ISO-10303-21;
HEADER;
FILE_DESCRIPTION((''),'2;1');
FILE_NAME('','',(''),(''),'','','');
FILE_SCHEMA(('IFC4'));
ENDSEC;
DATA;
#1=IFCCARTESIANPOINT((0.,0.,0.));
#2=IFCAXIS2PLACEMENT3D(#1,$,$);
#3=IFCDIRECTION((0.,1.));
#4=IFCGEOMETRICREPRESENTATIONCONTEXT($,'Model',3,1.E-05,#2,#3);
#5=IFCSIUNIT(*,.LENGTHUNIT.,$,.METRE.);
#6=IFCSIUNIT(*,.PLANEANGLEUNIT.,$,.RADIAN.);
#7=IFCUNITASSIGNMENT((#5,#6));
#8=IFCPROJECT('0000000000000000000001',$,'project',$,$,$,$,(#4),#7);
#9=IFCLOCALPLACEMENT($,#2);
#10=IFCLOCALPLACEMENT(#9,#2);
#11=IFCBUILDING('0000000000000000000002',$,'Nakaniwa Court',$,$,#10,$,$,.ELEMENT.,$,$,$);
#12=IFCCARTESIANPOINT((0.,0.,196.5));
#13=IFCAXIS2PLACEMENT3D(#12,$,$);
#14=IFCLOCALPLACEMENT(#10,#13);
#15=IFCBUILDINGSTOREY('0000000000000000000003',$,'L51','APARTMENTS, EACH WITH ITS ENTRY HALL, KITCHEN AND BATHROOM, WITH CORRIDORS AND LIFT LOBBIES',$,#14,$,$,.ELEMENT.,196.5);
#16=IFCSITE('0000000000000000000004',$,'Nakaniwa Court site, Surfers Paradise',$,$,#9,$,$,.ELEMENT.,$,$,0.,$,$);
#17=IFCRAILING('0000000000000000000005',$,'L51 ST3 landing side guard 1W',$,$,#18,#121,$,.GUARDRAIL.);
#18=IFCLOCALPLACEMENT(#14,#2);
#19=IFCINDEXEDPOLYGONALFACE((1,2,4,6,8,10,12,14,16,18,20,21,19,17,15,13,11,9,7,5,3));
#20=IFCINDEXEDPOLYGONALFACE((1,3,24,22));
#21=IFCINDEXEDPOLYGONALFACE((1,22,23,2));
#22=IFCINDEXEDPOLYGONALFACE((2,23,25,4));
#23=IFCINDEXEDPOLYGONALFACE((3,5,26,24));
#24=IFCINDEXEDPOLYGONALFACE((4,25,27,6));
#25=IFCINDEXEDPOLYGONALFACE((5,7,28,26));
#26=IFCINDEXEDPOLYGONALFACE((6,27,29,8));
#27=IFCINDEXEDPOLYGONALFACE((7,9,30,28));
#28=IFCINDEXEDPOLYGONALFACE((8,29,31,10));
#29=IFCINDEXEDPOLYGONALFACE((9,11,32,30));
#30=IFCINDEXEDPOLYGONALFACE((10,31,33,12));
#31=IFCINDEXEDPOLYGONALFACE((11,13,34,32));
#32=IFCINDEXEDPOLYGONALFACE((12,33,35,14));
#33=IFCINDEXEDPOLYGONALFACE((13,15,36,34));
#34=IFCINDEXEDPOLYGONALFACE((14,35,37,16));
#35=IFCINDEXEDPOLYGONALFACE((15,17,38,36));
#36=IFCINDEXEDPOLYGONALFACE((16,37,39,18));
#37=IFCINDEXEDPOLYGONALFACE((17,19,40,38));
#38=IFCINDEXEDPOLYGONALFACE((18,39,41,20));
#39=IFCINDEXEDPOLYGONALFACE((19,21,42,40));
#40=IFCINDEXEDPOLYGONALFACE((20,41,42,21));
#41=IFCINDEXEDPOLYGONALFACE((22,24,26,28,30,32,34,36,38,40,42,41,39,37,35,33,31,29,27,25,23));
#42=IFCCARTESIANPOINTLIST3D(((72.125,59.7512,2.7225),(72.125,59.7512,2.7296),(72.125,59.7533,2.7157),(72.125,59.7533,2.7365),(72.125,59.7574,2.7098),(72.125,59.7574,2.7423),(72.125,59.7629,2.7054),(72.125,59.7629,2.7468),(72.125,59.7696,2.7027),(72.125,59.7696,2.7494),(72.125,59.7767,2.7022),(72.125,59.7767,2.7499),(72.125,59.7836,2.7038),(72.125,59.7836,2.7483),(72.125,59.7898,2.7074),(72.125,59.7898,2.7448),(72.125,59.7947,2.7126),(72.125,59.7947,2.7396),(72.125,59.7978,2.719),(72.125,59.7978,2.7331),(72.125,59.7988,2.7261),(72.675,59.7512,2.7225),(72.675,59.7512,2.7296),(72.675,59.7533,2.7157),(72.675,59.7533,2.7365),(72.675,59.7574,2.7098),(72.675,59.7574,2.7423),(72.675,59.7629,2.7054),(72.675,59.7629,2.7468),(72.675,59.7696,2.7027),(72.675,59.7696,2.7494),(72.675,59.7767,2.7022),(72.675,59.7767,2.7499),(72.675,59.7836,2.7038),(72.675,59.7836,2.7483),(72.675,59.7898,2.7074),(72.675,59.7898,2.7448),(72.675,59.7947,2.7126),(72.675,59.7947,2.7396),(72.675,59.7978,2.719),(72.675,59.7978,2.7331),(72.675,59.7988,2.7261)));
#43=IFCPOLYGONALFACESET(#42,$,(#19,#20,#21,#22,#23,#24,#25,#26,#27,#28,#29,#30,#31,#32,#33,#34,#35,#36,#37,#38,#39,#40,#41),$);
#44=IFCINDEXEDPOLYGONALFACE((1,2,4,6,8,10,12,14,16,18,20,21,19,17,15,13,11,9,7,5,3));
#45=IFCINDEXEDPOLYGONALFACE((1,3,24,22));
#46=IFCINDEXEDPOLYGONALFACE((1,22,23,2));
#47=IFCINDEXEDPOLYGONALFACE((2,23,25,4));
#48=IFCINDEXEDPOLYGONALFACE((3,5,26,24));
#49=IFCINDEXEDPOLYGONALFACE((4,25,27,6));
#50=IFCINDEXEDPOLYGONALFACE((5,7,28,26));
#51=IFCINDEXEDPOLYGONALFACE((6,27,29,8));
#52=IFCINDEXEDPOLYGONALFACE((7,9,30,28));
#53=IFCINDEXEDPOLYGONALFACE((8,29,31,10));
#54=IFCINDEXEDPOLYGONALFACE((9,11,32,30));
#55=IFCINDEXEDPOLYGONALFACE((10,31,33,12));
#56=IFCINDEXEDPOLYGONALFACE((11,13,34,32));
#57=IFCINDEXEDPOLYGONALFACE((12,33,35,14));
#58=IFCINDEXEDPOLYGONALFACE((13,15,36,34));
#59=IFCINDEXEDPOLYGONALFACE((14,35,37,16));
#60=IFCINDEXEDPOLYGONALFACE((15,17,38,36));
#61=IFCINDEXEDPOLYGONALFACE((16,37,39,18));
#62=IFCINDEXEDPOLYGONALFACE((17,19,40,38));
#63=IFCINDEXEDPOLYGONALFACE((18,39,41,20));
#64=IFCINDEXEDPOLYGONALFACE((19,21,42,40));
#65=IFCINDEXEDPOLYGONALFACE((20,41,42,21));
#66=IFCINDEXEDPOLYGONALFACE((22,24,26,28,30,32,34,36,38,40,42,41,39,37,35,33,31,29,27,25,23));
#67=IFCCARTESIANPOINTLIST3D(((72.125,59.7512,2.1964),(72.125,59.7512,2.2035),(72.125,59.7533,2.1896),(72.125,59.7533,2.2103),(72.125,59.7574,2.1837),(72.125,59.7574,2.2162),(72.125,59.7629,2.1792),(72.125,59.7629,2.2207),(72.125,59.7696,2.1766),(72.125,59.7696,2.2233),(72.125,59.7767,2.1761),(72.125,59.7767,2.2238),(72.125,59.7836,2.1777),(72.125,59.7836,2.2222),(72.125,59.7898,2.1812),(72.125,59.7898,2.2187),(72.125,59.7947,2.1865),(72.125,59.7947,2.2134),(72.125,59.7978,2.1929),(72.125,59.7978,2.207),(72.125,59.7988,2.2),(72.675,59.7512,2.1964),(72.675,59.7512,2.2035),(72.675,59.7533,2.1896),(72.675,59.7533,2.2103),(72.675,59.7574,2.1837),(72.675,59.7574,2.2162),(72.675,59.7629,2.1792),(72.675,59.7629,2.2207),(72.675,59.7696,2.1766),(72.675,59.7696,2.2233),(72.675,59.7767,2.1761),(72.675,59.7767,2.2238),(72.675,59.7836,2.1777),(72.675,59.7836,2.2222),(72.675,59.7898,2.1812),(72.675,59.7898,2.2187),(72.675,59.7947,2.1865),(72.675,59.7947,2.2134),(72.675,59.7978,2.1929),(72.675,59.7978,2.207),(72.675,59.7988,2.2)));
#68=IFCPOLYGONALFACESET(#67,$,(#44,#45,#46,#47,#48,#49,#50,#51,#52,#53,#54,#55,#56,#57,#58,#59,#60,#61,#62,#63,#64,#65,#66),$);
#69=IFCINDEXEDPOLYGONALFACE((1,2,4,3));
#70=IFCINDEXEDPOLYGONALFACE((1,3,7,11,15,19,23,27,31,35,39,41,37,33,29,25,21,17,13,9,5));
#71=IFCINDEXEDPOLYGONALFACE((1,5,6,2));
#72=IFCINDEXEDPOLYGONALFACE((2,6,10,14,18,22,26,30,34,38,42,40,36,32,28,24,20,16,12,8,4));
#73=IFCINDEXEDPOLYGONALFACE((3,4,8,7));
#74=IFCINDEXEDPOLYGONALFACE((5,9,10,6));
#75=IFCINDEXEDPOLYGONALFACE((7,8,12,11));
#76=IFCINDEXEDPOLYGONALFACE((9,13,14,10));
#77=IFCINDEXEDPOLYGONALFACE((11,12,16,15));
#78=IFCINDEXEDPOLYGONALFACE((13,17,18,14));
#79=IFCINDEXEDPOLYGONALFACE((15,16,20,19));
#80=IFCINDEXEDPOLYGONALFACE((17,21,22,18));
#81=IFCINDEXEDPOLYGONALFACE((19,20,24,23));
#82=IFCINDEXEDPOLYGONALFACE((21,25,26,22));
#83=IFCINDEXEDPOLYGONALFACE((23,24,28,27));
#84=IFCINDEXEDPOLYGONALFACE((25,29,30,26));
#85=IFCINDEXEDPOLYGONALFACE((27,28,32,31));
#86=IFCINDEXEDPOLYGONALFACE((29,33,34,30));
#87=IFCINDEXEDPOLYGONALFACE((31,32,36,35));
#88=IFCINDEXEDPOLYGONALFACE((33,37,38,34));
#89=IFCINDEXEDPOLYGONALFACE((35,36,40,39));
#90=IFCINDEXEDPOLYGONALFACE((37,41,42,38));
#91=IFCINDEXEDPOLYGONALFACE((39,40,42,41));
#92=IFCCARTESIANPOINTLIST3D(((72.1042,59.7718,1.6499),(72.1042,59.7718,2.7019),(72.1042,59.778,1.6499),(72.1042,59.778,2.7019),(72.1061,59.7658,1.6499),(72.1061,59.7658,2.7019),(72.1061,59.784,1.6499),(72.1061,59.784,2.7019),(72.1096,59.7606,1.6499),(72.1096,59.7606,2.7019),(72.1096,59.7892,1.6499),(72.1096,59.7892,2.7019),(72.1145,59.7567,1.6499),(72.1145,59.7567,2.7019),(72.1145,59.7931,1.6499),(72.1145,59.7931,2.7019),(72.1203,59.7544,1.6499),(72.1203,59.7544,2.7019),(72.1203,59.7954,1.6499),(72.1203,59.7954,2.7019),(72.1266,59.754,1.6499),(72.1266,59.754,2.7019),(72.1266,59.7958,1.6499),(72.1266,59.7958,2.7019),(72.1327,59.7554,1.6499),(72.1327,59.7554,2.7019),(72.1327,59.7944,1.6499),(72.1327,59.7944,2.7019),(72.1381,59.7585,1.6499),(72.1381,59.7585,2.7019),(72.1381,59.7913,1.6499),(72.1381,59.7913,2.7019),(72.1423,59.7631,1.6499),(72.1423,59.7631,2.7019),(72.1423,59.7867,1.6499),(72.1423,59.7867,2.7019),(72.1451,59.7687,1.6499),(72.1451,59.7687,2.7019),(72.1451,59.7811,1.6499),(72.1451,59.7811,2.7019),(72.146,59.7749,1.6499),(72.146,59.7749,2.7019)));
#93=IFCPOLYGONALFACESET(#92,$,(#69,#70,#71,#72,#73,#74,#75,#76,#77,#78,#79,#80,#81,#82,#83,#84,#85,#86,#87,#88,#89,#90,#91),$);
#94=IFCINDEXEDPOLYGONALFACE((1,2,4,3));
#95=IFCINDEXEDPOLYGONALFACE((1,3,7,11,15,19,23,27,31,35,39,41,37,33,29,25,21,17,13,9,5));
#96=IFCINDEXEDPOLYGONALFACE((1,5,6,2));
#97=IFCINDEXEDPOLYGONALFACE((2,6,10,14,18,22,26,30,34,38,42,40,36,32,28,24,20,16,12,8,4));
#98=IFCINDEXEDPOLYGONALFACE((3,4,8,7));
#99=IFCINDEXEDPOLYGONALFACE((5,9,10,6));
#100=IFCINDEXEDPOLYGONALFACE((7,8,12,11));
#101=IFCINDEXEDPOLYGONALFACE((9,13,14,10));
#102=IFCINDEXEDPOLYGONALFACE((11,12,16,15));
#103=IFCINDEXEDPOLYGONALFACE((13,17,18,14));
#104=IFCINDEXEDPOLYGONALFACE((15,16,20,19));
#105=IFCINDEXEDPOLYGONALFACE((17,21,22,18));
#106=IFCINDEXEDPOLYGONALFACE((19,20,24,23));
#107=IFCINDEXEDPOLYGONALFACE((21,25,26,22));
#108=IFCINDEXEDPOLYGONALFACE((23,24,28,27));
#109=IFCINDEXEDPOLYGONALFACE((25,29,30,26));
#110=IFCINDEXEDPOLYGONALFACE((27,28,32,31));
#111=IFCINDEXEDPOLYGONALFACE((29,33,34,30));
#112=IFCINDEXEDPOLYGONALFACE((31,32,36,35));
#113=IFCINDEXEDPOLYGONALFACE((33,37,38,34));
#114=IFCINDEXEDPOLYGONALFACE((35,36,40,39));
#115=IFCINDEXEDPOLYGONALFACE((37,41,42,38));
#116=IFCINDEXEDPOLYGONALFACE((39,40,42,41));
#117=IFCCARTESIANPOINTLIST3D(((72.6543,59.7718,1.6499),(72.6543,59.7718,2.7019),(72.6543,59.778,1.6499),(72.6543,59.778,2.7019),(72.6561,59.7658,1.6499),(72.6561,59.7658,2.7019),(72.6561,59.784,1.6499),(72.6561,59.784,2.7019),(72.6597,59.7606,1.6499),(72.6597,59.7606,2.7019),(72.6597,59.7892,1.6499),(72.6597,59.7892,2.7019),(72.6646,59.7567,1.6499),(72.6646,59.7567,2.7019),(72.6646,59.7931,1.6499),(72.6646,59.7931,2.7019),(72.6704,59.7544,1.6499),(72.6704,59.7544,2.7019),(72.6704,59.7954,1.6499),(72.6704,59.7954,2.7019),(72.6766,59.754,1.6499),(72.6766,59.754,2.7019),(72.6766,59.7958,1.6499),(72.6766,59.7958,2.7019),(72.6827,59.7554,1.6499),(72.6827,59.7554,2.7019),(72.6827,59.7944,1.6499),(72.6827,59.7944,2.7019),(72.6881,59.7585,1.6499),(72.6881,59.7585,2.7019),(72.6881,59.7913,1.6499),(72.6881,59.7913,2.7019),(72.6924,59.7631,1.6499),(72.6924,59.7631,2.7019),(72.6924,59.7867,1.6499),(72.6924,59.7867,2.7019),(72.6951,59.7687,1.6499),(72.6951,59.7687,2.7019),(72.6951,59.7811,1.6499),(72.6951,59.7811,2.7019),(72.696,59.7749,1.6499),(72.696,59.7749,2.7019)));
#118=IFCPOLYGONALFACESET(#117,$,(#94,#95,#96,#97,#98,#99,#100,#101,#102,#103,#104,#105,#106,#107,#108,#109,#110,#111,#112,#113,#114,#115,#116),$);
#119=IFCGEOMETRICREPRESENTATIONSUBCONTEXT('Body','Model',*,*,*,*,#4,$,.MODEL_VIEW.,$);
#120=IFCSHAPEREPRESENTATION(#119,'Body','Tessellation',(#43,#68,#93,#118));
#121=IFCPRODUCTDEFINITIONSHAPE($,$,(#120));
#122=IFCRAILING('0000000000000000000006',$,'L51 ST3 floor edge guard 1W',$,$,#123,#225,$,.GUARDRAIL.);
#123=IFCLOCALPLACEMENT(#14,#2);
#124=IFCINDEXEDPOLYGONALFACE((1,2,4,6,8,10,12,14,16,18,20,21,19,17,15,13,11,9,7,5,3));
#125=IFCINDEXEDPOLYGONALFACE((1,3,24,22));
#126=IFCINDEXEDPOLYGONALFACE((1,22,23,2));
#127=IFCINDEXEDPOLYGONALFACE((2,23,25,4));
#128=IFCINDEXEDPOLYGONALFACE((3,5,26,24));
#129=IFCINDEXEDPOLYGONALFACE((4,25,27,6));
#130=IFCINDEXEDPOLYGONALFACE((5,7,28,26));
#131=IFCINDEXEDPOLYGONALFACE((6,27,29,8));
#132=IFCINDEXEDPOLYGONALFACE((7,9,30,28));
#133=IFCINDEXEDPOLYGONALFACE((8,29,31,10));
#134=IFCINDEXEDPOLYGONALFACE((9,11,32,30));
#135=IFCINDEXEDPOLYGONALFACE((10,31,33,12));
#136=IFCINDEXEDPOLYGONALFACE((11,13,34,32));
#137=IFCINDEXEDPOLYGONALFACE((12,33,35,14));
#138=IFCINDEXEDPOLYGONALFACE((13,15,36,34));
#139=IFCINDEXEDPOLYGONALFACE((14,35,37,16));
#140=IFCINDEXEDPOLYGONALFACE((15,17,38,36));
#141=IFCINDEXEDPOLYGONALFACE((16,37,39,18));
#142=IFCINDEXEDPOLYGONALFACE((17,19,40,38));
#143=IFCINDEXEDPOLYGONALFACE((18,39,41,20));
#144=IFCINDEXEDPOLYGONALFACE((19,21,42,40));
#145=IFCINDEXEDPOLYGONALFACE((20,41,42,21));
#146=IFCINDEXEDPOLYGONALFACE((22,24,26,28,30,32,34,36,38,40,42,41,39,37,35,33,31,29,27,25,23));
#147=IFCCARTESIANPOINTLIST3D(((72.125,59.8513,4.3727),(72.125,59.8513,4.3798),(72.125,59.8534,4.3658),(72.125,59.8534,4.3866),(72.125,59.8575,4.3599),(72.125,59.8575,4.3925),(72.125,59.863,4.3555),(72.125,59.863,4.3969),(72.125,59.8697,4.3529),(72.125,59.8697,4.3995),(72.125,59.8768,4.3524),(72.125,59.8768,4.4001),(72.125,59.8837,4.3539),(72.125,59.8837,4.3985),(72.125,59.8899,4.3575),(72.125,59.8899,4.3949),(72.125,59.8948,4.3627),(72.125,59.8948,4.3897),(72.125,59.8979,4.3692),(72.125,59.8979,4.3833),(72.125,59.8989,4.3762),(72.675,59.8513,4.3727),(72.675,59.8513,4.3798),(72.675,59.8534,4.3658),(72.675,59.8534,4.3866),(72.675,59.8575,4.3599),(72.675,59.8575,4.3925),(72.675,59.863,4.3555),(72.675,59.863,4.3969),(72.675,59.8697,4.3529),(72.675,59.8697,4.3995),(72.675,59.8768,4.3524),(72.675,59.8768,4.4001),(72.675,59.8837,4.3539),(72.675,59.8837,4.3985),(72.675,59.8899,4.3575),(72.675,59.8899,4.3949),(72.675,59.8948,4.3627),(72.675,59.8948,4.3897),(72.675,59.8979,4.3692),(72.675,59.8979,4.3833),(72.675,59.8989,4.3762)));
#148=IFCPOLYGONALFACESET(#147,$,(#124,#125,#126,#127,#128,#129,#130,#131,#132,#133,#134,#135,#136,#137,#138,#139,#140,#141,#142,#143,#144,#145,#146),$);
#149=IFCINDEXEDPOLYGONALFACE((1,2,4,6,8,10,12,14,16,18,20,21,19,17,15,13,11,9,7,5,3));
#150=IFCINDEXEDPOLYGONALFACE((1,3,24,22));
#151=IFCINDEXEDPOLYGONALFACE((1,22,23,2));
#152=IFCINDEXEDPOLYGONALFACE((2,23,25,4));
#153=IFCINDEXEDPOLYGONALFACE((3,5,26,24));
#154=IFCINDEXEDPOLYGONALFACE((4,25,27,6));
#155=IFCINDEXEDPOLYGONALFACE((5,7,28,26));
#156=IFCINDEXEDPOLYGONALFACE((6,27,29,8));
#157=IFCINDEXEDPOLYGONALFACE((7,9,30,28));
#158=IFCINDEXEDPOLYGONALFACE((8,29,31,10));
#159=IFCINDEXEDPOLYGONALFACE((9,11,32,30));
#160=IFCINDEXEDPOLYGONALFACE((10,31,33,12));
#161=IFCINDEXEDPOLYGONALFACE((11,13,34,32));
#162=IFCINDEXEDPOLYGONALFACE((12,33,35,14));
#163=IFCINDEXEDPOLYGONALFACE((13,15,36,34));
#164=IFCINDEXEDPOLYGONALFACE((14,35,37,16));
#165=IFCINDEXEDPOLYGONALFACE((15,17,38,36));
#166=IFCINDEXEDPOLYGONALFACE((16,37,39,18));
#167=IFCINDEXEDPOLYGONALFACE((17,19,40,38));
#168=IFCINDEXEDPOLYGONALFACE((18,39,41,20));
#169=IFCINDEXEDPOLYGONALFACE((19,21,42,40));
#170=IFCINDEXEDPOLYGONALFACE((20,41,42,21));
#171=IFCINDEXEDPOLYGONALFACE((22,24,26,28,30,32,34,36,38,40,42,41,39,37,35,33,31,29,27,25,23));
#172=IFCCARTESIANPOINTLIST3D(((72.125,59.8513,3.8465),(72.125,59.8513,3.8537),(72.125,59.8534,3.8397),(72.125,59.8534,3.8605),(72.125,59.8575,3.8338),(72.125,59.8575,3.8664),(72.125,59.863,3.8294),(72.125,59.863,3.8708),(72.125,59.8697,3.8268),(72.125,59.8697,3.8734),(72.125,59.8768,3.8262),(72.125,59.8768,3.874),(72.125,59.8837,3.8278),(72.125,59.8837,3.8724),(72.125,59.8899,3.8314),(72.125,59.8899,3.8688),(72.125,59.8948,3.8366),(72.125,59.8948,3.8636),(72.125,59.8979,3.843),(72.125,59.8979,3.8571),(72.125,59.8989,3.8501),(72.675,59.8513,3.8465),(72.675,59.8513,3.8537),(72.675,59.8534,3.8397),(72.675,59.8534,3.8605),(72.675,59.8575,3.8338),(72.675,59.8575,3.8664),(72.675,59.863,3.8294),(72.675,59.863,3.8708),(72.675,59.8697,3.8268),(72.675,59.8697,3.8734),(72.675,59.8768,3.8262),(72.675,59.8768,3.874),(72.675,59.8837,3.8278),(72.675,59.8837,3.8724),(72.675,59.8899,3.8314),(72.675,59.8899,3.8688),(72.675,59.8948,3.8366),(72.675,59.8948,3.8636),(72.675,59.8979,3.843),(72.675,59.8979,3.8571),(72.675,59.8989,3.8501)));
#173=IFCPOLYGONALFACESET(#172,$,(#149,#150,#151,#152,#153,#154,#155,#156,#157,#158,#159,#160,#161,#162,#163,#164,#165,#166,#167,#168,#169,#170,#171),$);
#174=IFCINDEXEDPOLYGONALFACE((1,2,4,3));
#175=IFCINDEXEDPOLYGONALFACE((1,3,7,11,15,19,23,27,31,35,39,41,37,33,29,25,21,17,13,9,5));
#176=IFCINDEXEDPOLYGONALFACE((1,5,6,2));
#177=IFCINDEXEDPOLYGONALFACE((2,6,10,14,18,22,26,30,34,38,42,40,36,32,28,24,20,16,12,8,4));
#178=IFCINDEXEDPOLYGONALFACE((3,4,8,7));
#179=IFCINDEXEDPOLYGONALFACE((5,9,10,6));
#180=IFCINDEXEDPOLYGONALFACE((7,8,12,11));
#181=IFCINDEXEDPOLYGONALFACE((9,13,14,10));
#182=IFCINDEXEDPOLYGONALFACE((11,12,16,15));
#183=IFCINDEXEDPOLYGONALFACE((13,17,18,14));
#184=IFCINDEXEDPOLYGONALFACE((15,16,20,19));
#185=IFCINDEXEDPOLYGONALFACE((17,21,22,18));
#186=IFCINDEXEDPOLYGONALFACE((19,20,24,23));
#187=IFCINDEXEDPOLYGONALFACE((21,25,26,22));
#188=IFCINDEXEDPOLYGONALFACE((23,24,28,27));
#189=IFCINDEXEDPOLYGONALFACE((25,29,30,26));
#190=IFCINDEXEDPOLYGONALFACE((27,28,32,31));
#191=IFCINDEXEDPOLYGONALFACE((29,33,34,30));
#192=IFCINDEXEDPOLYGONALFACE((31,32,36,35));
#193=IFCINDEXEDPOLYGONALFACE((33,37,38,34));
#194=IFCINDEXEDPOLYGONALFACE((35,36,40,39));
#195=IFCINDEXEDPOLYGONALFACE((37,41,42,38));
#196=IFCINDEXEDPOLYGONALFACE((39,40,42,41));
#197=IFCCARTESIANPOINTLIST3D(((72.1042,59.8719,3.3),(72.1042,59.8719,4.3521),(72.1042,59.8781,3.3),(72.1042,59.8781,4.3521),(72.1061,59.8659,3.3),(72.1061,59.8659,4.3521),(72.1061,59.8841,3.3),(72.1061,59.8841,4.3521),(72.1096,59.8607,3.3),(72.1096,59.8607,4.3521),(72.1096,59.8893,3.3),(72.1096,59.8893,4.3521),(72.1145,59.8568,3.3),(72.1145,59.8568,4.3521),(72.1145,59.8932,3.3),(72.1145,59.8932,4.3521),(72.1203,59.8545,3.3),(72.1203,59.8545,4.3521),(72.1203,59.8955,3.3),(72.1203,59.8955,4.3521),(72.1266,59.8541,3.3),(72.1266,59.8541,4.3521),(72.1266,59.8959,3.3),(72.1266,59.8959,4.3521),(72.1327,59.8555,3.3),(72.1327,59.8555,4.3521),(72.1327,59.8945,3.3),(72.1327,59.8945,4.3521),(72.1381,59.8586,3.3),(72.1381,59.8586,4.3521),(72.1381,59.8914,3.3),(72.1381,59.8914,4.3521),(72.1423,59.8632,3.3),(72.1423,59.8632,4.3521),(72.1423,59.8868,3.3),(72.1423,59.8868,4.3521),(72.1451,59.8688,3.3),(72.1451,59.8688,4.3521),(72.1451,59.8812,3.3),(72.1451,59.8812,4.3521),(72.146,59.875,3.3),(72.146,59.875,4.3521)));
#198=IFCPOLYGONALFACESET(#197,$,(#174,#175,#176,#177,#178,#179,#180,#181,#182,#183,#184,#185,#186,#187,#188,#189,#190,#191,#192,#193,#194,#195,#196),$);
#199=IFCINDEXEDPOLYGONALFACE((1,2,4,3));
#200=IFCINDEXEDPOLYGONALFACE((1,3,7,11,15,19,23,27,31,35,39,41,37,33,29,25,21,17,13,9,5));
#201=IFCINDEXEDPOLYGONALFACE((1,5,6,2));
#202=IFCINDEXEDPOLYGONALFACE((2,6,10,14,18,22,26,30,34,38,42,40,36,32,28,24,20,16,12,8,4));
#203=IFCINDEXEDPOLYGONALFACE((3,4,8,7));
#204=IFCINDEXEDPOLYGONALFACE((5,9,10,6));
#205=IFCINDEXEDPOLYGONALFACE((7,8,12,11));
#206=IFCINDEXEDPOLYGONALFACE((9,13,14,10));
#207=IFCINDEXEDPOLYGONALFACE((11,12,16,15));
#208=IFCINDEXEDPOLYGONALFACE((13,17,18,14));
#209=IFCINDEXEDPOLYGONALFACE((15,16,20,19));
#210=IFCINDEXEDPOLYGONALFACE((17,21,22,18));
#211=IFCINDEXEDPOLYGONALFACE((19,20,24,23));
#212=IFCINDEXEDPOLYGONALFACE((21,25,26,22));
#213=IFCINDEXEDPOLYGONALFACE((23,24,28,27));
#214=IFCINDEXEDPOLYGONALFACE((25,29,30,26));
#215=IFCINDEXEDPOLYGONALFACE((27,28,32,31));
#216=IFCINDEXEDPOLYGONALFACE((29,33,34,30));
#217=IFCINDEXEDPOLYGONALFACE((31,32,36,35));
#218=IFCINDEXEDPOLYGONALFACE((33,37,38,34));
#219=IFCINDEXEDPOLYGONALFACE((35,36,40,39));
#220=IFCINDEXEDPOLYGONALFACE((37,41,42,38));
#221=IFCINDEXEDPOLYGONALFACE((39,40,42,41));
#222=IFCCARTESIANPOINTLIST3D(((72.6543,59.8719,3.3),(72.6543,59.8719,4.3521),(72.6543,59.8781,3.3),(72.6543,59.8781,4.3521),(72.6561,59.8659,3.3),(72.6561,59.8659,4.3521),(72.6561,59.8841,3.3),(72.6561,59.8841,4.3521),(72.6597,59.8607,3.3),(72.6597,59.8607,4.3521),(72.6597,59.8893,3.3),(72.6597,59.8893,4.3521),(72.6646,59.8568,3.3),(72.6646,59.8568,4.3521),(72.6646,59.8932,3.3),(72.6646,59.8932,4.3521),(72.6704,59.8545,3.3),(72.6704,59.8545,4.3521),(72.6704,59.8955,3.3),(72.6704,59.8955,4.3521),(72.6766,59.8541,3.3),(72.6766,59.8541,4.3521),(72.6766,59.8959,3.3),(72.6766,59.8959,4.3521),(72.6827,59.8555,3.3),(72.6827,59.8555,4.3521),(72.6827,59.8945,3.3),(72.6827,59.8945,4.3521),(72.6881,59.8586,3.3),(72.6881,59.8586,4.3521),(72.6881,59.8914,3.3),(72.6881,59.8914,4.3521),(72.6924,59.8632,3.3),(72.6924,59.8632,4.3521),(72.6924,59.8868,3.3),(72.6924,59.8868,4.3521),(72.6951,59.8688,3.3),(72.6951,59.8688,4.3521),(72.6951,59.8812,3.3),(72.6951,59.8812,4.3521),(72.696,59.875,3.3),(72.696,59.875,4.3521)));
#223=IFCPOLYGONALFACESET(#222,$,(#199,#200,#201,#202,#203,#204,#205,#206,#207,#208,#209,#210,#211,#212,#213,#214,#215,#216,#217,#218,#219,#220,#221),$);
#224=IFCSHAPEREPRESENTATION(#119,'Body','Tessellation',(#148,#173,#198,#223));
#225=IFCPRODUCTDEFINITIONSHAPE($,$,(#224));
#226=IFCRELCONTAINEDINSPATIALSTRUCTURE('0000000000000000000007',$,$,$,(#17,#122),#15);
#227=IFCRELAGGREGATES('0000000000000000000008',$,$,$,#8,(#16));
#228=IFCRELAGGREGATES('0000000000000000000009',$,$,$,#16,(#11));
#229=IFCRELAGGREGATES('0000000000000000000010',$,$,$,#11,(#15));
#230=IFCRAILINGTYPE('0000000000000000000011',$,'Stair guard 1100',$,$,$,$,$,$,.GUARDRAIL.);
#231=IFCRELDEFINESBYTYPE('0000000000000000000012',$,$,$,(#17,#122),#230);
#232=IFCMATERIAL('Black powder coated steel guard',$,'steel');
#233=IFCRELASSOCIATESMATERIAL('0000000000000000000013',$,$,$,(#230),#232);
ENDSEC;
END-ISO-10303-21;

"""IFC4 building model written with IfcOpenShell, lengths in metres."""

from ifc_helpers import new_model, si_unit, direction, frame, origin, origin_2d, place, context, subcontext, project, spatial, circle, extrude, material, type_object, element, save


model = new_model("IFC4")

# Units and contexts
model_context = context("Model", 3, precision=1e-05, world=origin(), true_north=direction((0.0, 1.0)))
body_context = subcontext(model_context, "Body", "Model", "MODEL_VIEW")
ifc_project = project(units=[si_unit("LENGTHUNIT", "METRE"), si_unit("PLANEANGLEUNIT", "RADIAN")], contexts=[model_context])

# Site, building, storey
site_placement = place(None, origin())
site = spatial("IfcSite", under=ifc_project, at=site_placement, Name="Nakaniwa Court site, Surfers Paradise", CompositionType="ELEMENT", RefElevation=0.0)
building_placement = place(site_placement, origin())
building = spatial("IfcBuilding", under=site, at=building_placement, Name="Nakaniwa Court", CompositionType="ELEMENT")
storey_placement = place(building_placement, frame((0.0, 0.0, 196.5)))
storey = spatial("IfcBuildingStorey", under=building, at=storey_placement, Name="L51", Description="APARTMENTS, EACH WITH ITS ENTRY HALL, KITCHEN AND BATHROOM, WITH CORRIDORS AND LIFT LOBBIES", CompositionType="ELEMENT", Elevation=196.5)

# Railings
ifc_material_1 = material(Name="Black powder coated steel guard", Category="steel")
railing_type_1 = type_object("IfcRailingType", Name="Stair guard 1100", PredefinedType="GUARDRAIL", material=ifc_material_1)
for number, where, name in (
    (1, (72.125, 59.7749, 1.6499), "L51 ST3 landing side guard 1W"),
    (2, (72.125, 59.875, 3.3), "L51 ST3 floor edge guard 1W"),
):
    element("IfcRailing", number, at=place(storey_placement, frame(where)), inside=storey, type_object=railing_type_1, Name=name, PredefinedType="GUARDRAIL", context=body_context, shape_type="SweptSolid", body=[
        extrude(circle(Radius=0.0239, at=origin_2d()), frame((0.0, 0.0, 1.0762), z_axis=(1.0, 0.0, 0.0), x_axis=(0.0, 1.0, 0.0)), (0.0, 0.0, 1.0), 0.55),
        extrude(circle(Radius=0.0239, at=origin_2d()), frame((0.0, 0.0, 0.55), z_axis=(1.0, 0.0, 0.0), x_axis=(0.0, 1.0, 0.0)), (0.0, 0.0, 1.0), 0.55),
        extrude(circle(Radius=0.021, at=origin_2d()), origin(), (0.0, 0.0, 1.0), 1.052),
        extrude(circle(Radius=0.021, at=origin_2d()), frame((0.55, 0.0, 0.0)), (0.0, 0.0, 1.0), 1.052),
    ])

save(model, "model.ifc")
